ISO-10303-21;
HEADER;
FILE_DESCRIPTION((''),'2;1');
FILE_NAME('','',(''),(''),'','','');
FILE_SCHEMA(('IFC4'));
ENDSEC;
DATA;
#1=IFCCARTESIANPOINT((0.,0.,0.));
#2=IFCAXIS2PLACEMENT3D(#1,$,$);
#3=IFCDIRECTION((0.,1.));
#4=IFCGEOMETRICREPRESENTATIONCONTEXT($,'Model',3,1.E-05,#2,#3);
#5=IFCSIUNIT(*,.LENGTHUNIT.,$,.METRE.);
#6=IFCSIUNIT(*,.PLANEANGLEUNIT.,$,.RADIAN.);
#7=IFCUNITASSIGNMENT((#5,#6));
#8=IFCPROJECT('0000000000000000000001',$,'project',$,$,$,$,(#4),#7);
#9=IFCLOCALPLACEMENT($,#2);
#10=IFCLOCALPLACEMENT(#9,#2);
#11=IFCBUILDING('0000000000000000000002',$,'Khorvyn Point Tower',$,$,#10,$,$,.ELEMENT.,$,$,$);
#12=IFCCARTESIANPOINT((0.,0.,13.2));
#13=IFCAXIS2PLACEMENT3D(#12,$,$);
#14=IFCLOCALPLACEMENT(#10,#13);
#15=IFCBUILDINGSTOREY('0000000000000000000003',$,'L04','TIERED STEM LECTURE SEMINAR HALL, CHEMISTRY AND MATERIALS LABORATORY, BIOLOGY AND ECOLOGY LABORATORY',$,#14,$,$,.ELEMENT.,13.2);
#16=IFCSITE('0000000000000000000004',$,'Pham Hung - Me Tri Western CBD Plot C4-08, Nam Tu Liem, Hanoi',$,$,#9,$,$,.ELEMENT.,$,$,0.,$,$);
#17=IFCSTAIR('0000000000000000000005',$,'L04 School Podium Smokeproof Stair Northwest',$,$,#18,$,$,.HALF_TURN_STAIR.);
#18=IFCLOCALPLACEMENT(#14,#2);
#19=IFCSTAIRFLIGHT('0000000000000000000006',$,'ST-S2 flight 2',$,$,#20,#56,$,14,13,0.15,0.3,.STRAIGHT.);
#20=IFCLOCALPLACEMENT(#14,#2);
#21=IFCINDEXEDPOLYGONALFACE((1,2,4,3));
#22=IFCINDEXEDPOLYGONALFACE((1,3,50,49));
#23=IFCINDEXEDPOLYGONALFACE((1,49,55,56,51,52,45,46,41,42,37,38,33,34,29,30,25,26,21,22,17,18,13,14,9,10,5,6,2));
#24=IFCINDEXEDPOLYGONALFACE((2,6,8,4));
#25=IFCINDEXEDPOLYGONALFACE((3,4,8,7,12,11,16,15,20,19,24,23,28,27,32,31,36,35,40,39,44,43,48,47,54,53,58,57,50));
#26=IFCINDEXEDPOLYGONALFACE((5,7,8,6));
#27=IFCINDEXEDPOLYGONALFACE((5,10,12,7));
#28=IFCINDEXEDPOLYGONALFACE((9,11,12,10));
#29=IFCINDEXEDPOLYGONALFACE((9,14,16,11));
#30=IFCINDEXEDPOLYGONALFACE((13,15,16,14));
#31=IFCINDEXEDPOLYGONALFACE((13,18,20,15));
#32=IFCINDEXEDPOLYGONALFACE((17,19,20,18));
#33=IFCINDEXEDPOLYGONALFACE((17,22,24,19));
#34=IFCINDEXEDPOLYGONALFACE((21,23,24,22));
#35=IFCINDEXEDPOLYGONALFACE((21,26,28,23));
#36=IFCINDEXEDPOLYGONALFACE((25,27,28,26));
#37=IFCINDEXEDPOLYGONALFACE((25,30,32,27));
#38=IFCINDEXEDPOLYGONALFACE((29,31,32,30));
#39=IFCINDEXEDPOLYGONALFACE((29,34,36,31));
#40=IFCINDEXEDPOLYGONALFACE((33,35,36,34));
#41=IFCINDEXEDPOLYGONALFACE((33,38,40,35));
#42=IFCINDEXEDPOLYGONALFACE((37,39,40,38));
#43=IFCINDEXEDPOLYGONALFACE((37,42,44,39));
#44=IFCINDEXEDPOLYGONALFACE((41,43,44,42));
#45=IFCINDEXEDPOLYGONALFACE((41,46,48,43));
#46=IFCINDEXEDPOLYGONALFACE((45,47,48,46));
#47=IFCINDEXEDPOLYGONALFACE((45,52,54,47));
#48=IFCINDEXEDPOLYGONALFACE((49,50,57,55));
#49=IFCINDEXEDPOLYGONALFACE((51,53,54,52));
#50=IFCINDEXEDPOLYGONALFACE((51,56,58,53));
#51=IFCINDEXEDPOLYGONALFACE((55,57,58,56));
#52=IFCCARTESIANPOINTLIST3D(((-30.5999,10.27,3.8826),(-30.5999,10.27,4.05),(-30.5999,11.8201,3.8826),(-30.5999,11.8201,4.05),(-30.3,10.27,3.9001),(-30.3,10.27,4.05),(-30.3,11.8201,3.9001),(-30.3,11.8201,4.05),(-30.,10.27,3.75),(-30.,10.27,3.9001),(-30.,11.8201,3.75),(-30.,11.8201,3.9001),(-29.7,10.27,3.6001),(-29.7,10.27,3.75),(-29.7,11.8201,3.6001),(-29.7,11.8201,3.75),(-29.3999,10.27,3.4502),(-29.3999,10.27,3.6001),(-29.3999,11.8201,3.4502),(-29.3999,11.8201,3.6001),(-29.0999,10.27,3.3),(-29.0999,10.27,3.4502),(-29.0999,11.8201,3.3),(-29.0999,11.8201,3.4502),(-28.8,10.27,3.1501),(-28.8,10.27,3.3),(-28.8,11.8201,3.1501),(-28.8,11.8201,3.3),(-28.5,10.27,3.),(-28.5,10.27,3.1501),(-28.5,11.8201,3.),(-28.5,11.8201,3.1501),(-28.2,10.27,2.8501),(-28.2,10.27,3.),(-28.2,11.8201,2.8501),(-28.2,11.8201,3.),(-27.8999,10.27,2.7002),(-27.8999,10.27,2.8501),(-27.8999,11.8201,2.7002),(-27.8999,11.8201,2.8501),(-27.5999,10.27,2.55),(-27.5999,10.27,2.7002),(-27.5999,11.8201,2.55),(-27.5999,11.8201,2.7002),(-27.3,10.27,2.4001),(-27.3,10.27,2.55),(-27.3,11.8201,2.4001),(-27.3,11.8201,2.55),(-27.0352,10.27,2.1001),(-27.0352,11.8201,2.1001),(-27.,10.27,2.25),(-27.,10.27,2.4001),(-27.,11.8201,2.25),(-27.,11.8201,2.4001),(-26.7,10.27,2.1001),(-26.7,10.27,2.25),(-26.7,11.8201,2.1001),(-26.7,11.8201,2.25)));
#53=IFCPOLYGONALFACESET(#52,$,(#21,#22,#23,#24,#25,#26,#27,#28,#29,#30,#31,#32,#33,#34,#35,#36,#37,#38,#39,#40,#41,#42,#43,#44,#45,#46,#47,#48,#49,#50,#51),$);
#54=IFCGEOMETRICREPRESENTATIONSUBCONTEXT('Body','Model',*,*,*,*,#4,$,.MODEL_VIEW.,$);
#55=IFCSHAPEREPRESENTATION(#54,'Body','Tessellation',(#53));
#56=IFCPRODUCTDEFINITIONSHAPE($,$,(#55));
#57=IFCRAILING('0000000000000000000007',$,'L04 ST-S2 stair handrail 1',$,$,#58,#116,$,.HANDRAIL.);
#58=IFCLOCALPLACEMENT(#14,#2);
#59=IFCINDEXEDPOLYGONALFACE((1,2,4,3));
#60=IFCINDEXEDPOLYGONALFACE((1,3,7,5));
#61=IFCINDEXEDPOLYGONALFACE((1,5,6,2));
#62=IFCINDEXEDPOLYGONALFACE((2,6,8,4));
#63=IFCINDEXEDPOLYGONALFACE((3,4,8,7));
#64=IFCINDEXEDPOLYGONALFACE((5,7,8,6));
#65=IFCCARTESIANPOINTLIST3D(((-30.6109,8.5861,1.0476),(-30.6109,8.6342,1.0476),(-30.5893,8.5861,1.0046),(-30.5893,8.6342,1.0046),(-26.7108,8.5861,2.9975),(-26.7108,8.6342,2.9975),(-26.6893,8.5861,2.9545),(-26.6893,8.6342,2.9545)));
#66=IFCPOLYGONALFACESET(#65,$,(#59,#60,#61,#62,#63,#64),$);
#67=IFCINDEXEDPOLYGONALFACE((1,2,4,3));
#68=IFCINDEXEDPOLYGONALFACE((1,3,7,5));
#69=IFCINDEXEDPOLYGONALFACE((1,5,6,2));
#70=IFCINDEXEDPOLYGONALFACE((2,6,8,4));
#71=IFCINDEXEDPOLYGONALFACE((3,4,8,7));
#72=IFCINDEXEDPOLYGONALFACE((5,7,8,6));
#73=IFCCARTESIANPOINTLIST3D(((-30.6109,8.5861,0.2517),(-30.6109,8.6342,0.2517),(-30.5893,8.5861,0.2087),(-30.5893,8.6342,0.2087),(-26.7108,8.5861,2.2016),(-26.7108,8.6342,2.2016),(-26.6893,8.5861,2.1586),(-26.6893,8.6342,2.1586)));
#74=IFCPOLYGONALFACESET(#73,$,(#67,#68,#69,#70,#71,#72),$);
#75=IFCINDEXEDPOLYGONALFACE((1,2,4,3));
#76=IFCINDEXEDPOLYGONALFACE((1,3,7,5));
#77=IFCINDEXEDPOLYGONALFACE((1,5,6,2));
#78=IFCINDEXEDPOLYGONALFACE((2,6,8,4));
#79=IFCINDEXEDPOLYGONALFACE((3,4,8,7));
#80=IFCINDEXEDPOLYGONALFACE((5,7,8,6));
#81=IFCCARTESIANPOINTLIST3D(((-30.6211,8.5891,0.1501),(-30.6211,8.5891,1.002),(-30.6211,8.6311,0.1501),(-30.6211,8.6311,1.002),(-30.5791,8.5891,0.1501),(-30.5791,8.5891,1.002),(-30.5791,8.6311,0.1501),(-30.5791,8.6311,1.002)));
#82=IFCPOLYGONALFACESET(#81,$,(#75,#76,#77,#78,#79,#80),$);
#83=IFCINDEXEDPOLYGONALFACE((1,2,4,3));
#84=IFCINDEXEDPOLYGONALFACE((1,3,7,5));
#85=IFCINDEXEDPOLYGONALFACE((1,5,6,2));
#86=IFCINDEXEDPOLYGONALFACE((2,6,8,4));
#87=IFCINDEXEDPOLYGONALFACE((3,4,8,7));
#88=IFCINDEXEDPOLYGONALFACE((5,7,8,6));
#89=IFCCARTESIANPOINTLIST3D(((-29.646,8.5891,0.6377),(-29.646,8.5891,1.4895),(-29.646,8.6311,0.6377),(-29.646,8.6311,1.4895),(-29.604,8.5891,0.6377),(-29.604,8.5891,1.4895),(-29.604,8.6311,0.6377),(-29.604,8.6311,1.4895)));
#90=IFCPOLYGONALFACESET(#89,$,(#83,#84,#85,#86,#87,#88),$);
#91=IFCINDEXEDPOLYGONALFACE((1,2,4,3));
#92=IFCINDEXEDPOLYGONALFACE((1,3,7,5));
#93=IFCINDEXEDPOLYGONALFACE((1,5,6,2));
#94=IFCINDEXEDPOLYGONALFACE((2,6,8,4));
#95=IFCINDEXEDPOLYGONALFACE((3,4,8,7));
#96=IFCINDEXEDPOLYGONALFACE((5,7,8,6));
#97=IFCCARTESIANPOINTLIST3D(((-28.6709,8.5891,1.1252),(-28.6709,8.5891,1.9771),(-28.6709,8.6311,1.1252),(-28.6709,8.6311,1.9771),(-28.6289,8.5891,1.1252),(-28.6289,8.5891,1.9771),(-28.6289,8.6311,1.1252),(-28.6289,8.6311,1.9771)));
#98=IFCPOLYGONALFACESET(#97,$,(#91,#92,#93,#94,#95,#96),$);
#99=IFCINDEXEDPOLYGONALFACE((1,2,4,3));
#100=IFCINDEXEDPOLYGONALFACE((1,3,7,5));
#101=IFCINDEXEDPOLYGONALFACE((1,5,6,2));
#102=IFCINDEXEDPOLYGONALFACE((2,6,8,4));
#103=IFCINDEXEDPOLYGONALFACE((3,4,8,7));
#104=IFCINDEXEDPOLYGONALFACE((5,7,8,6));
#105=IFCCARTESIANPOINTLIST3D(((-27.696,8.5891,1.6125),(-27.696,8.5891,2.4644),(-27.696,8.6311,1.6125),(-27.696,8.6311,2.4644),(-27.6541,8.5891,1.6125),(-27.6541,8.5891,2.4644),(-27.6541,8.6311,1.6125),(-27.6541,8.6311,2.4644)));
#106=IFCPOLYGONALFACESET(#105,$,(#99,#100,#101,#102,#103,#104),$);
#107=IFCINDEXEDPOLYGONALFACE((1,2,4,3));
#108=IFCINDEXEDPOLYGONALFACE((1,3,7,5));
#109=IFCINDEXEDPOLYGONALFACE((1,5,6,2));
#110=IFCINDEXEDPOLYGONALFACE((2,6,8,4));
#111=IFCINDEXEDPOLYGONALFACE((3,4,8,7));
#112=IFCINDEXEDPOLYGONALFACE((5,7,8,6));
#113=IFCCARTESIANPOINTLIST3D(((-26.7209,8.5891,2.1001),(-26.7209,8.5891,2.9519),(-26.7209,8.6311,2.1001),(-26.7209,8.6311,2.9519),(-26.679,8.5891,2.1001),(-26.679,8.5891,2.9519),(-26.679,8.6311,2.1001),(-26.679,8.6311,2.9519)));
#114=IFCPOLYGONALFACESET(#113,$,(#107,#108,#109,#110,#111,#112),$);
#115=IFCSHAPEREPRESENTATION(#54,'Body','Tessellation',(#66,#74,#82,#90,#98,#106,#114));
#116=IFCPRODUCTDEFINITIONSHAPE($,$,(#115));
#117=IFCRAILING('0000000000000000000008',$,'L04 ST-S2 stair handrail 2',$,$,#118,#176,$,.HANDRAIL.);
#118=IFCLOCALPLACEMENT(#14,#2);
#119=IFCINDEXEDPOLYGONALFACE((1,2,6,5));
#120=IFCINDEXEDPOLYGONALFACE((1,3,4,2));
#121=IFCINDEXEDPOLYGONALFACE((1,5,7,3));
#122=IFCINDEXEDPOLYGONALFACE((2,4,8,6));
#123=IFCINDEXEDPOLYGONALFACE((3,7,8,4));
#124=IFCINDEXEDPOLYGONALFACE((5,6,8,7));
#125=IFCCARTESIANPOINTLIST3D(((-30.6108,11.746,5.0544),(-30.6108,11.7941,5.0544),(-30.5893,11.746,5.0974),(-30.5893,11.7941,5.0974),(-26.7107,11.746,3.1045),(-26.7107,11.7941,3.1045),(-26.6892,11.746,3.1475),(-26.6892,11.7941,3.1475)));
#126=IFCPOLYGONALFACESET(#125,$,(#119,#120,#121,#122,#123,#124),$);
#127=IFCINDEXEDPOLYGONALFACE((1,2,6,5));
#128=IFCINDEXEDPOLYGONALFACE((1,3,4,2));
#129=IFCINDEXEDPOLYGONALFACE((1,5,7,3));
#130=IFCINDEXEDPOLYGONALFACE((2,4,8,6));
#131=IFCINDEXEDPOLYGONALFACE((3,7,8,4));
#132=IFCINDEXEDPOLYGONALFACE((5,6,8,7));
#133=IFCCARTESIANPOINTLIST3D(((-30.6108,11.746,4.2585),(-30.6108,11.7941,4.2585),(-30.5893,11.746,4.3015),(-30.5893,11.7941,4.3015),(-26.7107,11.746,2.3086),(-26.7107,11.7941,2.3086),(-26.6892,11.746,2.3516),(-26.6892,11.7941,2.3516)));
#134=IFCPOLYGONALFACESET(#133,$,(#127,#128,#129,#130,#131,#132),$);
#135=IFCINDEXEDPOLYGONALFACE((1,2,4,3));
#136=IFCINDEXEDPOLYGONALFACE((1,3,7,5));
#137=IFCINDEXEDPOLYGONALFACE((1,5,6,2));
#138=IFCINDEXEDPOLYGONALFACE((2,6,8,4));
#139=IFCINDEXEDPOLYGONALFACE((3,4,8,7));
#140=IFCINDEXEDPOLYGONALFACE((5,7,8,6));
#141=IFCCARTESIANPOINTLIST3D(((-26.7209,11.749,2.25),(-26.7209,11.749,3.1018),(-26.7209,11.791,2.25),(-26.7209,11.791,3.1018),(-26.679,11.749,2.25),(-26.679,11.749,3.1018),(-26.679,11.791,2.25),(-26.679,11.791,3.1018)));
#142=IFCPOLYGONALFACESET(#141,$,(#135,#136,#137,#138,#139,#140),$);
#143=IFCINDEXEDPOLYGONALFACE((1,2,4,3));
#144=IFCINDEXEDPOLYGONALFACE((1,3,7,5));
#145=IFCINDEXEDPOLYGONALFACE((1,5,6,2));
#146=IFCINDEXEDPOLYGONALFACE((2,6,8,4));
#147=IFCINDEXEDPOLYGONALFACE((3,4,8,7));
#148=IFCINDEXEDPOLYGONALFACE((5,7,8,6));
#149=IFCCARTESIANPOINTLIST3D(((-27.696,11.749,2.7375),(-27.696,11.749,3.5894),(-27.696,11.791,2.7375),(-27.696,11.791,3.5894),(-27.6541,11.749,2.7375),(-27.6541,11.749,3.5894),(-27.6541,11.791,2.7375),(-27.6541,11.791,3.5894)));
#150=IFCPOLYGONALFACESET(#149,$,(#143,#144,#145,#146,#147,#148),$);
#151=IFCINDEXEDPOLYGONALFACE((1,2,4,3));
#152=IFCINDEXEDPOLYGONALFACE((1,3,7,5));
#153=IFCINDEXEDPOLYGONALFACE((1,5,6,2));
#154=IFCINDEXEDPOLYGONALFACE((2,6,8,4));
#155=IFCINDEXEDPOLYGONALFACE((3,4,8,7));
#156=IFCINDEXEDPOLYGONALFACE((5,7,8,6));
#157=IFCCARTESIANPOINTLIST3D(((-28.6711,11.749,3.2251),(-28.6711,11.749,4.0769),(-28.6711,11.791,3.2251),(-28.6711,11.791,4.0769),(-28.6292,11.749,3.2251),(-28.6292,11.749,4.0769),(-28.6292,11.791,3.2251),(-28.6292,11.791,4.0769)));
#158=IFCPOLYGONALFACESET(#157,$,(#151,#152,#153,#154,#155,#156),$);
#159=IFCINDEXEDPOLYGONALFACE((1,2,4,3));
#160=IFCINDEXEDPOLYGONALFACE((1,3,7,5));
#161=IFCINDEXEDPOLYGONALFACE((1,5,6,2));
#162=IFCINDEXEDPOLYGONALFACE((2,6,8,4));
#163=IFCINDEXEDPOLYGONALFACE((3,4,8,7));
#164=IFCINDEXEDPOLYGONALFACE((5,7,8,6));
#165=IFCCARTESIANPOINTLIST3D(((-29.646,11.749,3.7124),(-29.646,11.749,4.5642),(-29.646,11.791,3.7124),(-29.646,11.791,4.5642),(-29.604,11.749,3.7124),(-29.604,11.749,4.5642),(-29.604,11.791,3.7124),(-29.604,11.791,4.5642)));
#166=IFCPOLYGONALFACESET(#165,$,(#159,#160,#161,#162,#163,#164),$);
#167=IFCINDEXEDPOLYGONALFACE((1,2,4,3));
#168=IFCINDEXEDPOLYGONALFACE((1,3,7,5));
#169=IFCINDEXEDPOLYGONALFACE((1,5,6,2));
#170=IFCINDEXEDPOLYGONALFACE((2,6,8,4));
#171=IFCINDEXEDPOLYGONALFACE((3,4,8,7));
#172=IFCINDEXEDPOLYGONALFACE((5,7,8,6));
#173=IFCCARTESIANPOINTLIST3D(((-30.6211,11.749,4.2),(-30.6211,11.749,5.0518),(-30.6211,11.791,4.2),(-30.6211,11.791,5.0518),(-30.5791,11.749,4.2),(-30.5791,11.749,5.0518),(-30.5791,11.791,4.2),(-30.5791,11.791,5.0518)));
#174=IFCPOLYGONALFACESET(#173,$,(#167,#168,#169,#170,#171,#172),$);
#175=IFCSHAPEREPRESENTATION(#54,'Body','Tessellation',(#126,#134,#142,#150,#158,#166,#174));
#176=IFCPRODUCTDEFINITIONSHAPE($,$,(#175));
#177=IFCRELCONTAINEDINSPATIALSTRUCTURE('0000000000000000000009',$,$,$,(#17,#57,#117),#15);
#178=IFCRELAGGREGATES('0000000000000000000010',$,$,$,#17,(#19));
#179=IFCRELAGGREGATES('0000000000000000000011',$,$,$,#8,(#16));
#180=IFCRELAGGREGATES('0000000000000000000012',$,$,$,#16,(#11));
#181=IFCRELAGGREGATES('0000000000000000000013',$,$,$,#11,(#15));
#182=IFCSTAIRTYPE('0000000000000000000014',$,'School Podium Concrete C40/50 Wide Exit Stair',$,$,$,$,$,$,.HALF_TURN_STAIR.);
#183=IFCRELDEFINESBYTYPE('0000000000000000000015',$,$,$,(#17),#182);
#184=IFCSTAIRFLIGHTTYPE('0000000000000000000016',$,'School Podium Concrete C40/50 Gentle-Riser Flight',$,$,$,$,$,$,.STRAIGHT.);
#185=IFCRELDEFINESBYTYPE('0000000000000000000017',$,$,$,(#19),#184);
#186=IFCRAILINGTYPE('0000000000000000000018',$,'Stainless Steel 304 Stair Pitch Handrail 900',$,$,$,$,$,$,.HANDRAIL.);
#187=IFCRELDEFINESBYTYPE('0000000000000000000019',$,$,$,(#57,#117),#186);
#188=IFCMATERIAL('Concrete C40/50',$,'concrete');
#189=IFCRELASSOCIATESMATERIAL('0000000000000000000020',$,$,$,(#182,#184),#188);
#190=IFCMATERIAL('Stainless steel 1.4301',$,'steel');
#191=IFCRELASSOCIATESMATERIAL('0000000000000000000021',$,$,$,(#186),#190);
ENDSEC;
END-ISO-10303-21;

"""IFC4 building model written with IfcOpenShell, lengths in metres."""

from ifc_helpers import new_model, si_unit, direction, frame, origin, origin_2d, place, context, subcontext, project, spatial, polyline, rectangle, outline, extrude, material, type_object, element, aggregate, save


model = new_model("IFC4")

# Units and contexts
model_context = context("Model", 3, precision=1e-05, world=origin(), true_north=direction((0.0, 1.0)))
body_context = subcontext(model_context, "Body", "Model", "MODEL_VIEW")
ifc_project = project(units=[si_unit("LENGTHUNIT", "METRE"), si_unit("PLANEANGLEUNIT", "RADIAN")], contexts=[model_context])

# Site, building, storey
site_placement = place(None, origin())
site = spatial("IfcSite", under=ifc_project, at=site_placement, Name="Pham Hung - Me Tri Western CBD Plot C4-08, Nam Tu Liem, Hanoi", CompositionType="ELEMENT", RefElevation=0.0)
building_placement = place(site_placement, origin())
building = spatial("IfcBuilding", under=site, at=building_placement, Name="Khorvyn Point Tower", CompositionType="ELEMENT")
storey_placement = place(building_placement, frame((0.0, 0.0, 13.2)))
storey = spatial("IfcBuildingStorey", under=building, at=storey_placement, Name="L04", Description="TIERED STEM LECTURE SEMINAR HALL, CHEMISTRY AND MATERIALS LABORATORY, BIOLOGY AND ECOLOGY LABORATORY", CompositionType="ELEMENT", Elevation=13.2)

# Shared definitions
ifc_material_1 = material(Name="Concrete C40/50", Category="concrete")

# Stair, stair flight
stair_type = type_object("IfcStairType", Name="School Podium Concrete C40/50 Wide Exit Stair", PredefinedType="HALF_TURN_STAIR", material=ifc_material_1)
stair_placement = place(storey_placement, origin())
stair = element("IfcStair", 1, at=stair_placement, inside=storey, type_object=stair_type, Name="L04 School Podium Smokeproof Stair Northwest", PredefinedType="HALF_TURN_STAIR")
stair_flight_type = type_object("IfcStairFlightType", Name="School Podium Concrete C40/50 Gentle-Riser Flight", PredefinedType="STRAIGHT", material=ifc_material_1)
stair_flight_1_placement = place(storey_placement, frame((-26.7, 11.0449, 2.1001), z_axis=(0.0, 0.0, 1.0), x_axis=(-1.0, 0.0, 0.0)))
stair_flight_1 = element("IfcStairFlight", 2, at=stair_flight_1_placement, type_object=stair_flight_type, Name="ST-S2 flight 2", NumberOfRisers=14, NumberOfTreads=13, PredefinedType="STRAIGHT", RiserHeight=0.15, TreadLength=0.3, context=body_context, shape_type="SweptSolid", body=[
    extrude(outline(polyline([(0.0, 0.0), (0.0, 0.1499), (0.3, 0.1499), (0.3, 0.3), (0.6001, 0.3), (0.6001, 0.45), (0.8999, 0.45), (0.8999, 0.6001), (1.2, 0.6001), (1.2, 0.75), (1.5, 0.75), (1.5, 0.8999), (1.8, 0.8999), (1.8, 1.05), (2.1001, 1.05), (2.1001, 1.2), (2.3999, 1.2), (2.3999, 1.3501), (2.7, 1.3501), (2.7, 1.5), (3.0, 1.5), (3.0, 1.6499), (3.3, 1.6499), (3.3, 1.8), (3.6001, 1.8), (3.6001, 1.95), (3.8999, 1.95), (3.8999, 2.1001), (3.8999, 1.7825), (0.3352, 0.0), (0.0, 0.0)])), frame((0.0, 0.7749, 0.0), z_axis=(0.0, -1.0, 0.0), x_axis=(1.0, 0.0, 0.0)), (0.0, 0.0, 1.0), 1.55),
])
aggregate(stair, [stair_flight_1])

# Railings
ifc_material_2 = material(Name="Stainless steel 1.4301", Category="steel")
railing_type_1 = type_object("IfcRailingType", Name="Stainless Steel 304 Stair Pitch Handrail 900", PredefinedType="HANDRAIL", material=ifc_material_2)
railing_1_placement = place(storey_placement, frame((-30.6001, 8.6101, 0.1501)))
element("IfcRailing", 3, at=railing_1_placement, inside=storey, type_object=railing_type_1, Name="L04 ST-S2 stair handrail 1", PredefinedType="HANDRAIL", context=body_context, shape_type="SweptSolid", body=[
    extrude(rectangle(XDim=0.0481, YDim=0.0481, at=origin_2d()), frame((0.0, 0.0, 0.876), z_axis=(0.894438, 0.0, 0.447191), x_axis=(0.0, 1.0, 0.0)), (0.0, 0.0, 1.0), 4.3604),
    extrude(rectangle(XDim=0.0481, YDim=0.0481, at=origin_2d()), frame((0.0, 0.0, 0.0801), z_axis=(0.894438, 0.0, 0.447191), x_axis=(0.0, 1.0, 0.0)), (0.0, 0.0, 1.0), 4.3604),
    extrude(rectangle(XDim=0.042, YDim=0.042, at=origin_2d()), origin(), (0.0, 0.0, 1.0), 0.8518),
    extrude(rectangle(XDim=0.042, YDim=0.042, at=origin_2d()), frame((0.9751, 0.0, 0.4875)), (0.0, 0.0, 1.0), 0.8518),
    extrude(rectangle(XDim=0.042, YDim=0.042, at=origin_2d()), frame((1.9502, 0.0, 0.9751)), (0.0, 0.0, 1.0), 0.8518),
    extrude(rectangle(XDim=0.042, YDim=0.042, at=origin_2d()), frame((2.925, 0.0, 1.4624)), (0.0, 0.0, 1.0), 0.8518),
    extrude(rectangle(XDim=0.042, YDim=0.042, at=origin_2d()), frame((3.9001, 0.0, 1.95)), (0.0, 0.0, 1.0), 0.8518),
])
railing_2_placement = place(storey_placement, frame((-26.7, 11.77, 2.25)))
element("IfcRailing", 4, at=railing_2_placement, inside=storey, type_object=railing_type_1, Name="L04 ST-S2 stair handrail 2", PredefinedType="HANDRAIL", context=body_context, shape_type="SweptSolid", body=[
    extrude(rectangle(XDim=0.0481, YDim=0.0481, at=origin_2d()), frame((0.0, 0.0, 0.876), z_axis=(-0.894438, 0.0, 0.447191), x_axis=(0.0, -1.0, 0.0)), (0.0, 0.0, 1.0), 4.3604),
    extrude(rectangle(XDim=0.0481, YDim=0.0481, at=origin_2d()), frame((0.0, 0.0, 0.0801), z_axis=(-0.894438, 0.0, 0.447191), x_axis=(0.0, -1.0, 0.0)), (0.0, 0.0, 1.0), 4.3604),
    extrude(rectangle(XDim=0.042, YDim=0.042, at=origin_2d()), origin(), (0.0, 0.0, 1.0), 0.8518),
    extrude(rectangle(XDim=0.042, YDim=0.042, at=origin_2d()), frame((-0.9751, 0.0, 0.4875)), (0.0, 0.0, 1.0), 0.8518),
    extrude(rectangle(XDim=0.042, YDim=0.042, at=origin_2d()), frame((-1.9502, 0.0, 0.9751)), (0.0, 0.0, 1.0), 0.8518),
    extrude(rectangle(XDim=0.042, YDim=0.042, at=origin_2d()), frame((-2.925, 0.0, 1.4624)), (0.0, 0.0, 1.0), 0.8518),
    extrude(rectangle(XDim=0.042, YDim=0.042, at=origin_2d()), frame((-3.9001, 0.0, 1.95)), (0.0, 0.0, 1.0), 0.8518),
])

save(model, "model.ifc")
